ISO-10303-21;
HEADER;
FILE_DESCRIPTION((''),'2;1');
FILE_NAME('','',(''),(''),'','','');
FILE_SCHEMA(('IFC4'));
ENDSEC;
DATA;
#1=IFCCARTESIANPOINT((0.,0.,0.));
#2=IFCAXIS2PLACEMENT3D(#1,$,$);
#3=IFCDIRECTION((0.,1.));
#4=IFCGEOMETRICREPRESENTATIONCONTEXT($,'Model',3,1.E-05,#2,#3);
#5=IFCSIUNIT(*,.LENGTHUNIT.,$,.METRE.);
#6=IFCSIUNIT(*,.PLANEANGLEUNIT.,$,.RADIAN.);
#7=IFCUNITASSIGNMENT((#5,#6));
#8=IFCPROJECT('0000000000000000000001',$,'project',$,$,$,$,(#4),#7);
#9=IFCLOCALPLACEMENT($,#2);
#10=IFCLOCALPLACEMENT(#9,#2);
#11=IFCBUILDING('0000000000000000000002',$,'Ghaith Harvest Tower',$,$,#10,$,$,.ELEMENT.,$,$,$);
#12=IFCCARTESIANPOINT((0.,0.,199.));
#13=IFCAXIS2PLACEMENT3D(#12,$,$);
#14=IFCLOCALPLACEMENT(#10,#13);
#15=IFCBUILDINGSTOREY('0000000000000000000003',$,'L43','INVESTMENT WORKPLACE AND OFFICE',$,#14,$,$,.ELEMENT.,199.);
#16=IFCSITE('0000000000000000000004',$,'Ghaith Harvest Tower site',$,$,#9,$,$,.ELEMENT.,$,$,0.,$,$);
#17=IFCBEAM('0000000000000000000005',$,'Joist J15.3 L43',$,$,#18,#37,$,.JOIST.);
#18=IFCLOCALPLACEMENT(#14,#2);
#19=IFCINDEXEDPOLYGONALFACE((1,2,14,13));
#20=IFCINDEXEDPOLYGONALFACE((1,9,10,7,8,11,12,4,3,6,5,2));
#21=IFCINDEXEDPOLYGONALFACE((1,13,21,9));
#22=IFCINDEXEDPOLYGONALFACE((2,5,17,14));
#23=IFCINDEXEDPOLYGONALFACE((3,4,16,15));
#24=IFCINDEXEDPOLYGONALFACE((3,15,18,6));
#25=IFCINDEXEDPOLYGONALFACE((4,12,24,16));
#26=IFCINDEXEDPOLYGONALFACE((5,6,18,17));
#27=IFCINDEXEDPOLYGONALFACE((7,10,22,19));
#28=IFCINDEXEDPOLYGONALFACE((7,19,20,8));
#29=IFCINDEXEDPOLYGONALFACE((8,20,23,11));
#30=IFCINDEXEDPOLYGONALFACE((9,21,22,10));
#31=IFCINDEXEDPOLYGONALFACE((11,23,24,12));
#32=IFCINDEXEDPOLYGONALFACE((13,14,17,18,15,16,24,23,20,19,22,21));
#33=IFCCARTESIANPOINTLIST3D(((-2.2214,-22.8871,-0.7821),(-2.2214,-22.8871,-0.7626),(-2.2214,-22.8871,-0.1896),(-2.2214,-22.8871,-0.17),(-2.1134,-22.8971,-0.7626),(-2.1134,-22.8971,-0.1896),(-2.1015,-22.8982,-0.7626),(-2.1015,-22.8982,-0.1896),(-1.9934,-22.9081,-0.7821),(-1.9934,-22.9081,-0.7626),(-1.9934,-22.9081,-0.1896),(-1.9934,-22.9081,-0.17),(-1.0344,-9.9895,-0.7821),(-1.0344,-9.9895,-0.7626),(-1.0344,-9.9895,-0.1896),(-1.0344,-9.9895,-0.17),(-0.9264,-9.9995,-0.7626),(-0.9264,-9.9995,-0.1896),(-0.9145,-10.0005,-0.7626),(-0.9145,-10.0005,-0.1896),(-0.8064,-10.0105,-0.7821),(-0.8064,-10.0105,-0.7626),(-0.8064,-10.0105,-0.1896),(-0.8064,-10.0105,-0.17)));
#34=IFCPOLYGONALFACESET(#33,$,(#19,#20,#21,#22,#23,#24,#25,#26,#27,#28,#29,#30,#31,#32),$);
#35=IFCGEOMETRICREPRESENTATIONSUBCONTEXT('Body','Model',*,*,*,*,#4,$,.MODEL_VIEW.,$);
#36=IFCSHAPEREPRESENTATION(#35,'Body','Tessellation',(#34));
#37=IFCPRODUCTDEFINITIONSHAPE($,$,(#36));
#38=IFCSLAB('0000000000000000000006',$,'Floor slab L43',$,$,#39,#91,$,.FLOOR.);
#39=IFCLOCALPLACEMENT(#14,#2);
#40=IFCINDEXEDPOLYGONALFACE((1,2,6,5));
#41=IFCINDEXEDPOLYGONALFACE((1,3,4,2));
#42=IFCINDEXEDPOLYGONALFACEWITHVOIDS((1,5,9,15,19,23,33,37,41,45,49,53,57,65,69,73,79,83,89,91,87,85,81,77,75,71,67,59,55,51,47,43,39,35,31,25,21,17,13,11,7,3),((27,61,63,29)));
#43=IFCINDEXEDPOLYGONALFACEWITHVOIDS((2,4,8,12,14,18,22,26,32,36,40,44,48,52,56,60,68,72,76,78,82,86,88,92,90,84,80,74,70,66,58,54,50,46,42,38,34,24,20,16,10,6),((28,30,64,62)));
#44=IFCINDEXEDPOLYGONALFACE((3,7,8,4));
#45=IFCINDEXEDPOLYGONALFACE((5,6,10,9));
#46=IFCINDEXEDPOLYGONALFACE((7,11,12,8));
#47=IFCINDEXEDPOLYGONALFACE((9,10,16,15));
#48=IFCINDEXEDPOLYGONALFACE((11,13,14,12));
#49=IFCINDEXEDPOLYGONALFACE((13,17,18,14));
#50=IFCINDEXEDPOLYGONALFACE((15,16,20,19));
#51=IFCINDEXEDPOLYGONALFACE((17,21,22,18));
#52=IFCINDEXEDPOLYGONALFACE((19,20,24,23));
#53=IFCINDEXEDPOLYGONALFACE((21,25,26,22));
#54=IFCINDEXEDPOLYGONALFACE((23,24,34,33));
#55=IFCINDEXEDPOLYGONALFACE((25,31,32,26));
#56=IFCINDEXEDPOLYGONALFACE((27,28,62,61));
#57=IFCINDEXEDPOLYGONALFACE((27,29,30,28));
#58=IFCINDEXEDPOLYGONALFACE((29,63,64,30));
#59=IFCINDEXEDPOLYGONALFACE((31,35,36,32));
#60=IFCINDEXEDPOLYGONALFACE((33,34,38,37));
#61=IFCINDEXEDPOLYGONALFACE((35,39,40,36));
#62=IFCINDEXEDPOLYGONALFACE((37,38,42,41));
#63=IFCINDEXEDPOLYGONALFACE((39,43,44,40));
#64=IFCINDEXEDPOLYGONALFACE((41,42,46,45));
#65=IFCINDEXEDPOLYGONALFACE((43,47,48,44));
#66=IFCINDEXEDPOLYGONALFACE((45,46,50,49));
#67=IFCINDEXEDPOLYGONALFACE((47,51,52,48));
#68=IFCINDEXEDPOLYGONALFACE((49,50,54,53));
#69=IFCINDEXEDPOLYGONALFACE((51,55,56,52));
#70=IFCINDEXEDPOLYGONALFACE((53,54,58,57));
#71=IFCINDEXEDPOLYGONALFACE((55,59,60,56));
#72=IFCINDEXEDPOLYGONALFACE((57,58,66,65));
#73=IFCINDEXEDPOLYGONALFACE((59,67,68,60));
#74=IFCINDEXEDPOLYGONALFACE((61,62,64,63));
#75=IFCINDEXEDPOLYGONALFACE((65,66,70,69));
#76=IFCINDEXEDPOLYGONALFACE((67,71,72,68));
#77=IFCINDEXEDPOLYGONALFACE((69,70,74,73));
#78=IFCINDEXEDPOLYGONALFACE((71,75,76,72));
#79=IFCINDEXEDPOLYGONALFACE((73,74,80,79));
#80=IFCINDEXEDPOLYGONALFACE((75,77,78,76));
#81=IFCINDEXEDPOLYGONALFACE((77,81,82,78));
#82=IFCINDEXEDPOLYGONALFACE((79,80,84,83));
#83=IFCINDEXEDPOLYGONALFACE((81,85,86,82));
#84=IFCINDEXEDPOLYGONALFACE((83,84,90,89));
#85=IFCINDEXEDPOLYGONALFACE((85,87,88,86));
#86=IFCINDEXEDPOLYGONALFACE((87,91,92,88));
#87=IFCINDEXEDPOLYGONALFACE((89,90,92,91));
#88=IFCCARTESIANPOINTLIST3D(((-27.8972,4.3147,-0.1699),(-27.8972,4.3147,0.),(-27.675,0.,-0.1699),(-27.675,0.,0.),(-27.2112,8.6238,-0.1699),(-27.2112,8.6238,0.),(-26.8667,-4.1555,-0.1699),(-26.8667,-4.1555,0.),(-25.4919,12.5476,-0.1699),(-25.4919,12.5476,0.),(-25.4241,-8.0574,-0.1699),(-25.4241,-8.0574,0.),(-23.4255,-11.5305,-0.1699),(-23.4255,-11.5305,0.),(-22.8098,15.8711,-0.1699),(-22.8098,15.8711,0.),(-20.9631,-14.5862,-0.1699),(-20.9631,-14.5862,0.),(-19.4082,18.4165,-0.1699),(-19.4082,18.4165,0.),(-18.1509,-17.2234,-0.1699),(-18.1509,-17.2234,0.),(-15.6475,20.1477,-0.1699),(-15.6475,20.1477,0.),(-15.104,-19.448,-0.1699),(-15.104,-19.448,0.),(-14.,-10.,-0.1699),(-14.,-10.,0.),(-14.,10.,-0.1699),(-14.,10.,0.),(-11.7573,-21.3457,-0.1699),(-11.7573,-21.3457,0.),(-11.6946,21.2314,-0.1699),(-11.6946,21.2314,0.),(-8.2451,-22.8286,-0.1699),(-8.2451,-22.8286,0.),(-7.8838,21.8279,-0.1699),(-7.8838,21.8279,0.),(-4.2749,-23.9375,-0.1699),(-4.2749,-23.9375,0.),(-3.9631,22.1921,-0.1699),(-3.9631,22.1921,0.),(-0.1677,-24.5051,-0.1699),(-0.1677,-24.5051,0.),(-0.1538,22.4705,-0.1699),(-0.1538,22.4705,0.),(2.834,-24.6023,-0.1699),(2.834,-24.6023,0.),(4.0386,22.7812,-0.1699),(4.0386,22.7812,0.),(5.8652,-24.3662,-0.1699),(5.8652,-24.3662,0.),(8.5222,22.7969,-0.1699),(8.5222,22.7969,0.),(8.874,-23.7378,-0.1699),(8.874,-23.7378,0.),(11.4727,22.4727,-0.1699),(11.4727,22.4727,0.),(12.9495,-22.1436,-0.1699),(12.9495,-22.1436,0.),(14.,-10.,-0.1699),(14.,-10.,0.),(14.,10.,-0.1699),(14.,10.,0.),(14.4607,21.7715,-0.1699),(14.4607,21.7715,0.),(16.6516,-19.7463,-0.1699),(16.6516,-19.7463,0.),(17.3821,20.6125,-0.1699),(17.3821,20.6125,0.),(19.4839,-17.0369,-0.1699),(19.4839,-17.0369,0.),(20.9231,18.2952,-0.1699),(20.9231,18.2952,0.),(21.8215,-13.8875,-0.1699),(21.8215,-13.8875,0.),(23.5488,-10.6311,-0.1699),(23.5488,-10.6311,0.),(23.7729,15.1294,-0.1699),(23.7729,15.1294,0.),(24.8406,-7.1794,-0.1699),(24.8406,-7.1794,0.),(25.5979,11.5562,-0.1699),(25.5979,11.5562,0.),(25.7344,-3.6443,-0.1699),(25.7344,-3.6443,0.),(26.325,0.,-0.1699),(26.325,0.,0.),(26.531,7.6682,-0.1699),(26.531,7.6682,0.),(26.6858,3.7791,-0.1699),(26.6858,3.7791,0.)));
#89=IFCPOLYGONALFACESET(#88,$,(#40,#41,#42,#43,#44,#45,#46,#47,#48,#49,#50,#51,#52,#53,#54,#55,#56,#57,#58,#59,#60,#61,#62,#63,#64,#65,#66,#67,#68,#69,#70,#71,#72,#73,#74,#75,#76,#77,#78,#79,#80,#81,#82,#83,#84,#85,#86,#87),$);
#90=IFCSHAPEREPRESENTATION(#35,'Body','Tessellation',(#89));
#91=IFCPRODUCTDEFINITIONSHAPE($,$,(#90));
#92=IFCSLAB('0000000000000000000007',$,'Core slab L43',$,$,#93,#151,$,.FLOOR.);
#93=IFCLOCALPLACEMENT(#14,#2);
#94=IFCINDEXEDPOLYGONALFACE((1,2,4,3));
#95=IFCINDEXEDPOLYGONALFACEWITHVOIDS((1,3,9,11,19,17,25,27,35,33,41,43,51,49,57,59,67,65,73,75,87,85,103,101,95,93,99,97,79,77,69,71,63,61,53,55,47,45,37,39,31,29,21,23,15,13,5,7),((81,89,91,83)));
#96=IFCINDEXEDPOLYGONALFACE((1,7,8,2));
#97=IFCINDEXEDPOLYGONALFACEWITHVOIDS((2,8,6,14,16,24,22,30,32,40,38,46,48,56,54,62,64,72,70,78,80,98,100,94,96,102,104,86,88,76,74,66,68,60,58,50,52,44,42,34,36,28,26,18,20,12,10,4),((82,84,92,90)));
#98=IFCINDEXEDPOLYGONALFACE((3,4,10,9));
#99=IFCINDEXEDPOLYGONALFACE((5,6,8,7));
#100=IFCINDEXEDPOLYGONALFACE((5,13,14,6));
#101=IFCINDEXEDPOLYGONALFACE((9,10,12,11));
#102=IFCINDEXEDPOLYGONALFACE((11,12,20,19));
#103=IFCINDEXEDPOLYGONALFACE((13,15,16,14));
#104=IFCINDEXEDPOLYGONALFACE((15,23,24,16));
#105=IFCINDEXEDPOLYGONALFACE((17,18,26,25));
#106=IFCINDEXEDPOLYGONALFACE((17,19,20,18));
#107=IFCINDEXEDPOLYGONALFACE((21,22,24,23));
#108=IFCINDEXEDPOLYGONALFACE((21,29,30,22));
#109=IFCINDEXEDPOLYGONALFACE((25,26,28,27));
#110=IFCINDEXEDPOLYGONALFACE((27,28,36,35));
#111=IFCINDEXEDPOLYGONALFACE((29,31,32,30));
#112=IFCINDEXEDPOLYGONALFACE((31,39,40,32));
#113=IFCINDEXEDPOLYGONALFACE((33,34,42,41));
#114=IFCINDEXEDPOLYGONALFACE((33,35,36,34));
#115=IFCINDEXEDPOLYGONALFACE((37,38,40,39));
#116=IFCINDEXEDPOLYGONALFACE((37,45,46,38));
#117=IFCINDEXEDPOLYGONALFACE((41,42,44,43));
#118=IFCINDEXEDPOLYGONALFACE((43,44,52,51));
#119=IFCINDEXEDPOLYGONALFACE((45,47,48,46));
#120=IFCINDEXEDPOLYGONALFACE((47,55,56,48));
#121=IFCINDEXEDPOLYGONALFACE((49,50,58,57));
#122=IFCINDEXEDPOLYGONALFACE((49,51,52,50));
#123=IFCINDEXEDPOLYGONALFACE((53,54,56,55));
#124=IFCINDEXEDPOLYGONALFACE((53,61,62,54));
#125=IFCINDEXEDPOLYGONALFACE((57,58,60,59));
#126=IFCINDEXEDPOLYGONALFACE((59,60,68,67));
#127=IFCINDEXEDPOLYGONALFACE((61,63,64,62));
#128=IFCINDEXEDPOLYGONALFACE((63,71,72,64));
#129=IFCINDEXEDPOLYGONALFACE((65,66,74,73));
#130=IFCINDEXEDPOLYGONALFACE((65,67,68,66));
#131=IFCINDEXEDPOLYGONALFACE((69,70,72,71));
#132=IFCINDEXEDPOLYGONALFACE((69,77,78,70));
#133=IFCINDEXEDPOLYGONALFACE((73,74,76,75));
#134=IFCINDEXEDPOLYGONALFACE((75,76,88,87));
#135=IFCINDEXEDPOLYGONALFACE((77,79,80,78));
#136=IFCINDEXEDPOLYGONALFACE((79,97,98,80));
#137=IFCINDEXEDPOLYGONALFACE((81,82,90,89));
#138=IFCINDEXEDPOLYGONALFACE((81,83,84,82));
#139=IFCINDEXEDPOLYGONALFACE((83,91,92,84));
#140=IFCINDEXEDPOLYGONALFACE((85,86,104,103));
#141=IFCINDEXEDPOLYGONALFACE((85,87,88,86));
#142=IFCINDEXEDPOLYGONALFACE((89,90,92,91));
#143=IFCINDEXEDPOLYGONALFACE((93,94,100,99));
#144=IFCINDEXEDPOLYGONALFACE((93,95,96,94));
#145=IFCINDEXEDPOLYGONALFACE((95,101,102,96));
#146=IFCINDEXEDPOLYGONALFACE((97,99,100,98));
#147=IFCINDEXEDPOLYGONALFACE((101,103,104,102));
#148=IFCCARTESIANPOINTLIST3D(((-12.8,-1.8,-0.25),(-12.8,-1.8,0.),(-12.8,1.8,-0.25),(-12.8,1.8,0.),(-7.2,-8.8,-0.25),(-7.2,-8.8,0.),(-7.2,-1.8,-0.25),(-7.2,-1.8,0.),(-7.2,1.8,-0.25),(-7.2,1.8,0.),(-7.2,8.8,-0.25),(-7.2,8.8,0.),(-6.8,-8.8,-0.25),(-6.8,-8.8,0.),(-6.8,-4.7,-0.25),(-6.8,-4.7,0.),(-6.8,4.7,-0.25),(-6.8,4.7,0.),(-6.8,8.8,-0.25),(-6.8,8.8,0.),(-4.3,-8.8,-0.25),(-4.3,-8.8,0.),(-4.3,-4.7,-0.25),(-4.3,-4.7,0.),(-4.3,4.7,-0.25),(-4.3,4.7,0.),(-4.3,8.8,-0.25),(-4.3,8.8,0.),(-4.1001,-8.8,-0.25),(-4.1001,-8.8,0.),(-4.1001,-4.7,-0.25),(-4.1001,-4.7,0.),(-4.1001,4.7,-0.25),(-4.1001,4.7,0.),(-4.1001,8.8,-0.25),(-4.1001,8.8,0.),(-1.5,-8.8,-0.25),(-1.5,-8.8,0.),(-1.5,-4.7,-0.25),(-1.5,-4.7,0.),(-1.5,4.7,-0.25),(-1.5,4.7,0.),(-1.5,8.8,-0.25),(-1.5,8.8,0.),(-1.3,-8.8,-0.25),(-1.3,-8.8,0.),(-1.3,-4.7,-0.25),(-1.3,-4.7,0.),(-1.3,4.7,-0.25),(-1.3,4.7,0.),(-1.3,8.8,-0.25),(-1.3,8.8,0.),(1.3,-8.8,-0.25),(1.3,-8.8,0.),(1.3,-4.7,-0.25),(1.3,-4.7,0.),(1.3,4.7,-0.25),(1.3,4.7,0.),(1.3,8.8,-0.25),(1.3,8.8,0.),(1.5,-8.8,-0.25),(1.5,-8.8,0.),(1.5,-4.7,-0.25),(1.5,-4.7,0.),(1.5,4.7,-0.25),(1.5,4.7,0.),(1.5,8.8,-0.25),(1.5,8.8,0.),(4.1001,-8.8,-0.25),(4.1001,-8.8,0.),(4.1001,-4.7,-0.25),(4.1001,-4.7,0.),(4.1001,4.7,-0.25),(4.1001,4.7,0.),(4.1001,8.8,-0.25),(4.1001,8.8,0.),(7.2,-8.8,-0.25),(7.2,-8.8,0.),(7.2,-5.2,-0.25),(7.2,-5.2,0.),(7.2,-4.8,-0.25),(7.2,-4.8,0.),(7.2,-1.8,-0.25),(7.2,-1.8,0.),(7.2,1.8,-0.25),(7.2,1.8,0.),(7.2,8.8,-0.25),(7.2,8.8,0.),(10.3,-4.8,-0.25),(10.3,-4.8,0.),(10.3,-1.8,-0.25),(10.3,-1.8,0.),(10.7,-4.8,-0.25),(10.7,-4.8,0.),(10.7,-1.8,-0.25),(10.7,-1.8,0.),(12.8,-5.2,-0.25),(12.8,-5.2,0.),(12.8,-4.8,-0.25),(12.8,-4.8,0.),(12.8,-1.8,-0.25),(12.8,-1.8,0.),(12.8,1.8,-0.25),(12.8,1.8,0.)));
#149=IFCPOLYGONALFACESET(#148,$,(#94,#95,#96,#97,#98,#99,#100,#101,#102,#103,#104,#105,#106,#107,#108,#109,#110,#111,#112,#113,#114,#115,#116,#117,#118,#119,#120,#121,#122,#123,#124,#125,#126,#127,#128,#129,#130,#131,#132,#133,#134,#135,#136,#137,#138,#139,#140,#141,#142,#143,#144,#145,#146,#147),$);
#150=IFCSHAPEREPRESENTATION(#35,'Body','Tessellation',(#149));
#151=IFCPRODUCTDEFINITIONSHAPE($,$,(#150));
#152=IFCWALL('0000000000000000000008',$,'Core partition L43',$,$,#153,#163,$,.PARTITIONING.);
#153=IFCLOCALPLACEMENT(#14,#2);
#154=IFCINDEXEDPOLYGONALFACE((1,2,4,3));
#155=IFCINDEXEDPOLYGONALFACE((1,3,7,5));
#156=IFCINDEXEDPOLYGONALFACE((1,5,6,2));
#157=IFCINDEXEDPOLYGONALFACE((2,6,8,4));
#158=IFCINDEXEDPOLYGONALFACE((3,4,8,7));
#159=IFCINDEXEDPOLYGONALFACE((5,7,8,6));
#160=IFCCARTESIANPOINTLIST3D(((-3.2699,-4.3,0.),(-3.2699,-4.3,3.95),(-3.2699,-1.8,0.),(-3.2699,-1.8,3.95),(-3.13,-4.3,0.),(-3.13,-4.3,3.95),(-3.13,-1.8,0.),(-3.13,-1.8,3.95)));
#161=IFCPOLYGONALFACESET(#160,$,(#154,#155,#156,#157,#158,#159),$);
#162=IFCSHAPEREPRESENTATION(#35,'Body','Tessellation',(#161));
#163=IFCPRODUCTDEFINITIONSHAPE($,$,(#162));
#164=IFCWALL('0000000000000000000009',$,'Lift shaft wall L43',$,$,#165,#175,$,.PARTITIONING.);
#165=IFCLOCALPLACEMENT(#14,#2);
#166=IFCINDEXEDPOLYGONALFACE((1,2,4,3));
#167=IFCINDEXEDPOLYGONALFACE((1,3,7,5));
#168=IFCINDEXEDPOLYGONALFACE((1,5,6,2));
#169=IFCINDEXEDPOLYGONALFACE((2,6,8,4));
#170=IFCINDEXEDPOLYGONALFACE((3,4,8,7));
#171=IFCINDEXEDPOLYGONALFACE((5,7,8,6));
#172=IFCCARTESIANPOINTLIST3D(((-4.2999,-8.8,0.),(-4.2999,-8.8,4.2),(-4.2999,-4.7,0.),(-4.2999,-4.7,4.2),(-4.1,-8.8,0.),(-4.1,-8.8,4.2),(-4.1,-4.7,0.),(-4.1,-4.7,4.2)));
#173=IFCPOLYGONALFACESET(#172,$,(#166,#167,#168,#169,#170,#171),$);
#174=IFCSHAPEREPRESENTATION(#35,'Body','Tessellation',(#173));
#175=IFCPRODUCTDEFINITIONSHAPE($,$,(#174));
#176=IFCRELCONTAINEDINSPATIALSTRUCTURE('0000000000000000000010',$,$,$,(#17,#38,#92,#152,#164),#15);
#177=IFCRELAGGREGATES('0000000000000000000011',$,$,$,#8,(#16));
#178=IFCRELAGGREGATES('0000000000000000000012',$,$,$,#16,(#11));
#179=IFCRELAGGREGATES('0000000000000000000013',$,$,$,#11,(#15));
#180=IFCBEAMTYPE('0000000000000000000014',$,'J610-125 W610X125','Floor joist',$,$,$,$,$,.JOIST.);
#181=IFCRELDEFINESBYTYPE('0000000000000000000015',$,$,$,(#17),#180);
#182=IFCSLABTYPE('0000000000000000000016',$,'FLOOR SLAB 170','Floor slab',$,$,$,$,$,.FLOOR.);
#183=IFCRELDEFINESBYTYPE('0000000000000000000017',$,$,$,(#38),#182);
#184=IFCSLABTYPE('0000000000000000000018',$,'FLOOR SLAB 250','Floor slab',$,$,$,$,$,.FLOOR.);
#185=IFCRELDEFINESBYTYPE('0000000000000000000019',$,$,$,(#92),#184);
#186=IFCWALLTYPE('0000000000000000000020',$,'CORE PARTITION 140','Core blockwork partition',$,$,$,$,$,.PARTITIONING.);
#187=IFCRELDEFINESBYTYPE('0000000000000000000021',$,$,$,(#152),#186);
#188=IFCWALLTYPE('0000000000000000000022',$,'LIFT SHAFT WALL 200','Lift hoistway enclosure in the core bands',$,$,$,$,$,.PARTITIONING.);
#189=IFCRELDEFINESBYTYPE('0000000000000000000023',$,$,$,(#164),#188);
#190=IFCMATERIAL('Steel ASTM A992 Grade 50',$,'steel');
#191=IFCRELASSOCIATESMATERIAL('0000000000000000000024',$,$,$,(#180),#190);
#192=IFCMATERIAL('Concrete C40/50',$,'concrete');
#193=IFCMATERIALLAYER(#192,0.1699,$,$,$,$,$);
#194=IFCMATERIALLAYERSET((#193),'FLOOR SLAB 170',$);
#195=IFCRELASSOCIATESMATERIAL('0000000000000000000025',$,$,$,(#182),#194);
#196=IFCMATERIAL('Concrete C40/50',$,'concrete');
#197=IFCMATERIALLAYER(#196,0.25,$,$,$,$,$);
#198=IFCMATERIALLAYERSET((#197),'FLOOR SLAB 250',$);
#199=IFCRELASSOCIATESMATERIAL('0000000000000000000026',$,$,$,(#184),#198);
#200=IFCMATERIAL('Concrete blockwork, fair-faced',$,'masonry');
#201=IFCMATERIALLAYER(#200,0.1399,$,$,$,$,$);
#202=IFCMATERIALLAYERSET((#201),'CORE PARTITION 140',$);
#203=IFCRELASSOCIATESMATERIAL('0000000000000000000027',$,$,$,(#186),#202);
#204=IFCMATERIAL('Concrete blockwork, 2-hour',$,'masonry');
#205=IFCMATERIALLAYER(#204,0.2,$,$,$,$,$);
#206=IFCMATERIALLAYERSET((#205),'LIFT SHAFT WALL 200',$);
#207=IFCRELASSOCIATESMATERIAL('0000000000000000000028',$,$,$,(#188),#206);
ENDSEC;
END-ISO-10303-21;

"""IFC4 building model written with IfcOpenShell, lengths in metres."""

from ifc_helpers import new_model, si_unit, direction, frame, frame_2d, origin, origin_2d, place, context, subcontext, project, spatial, polyline, rectangle, i_section, outline, extrude, material, layer, layer_set, material_profile, profile_set, type_object, element, save


model = new_model("IFC4")

# Units and contexts
model_context = context("Model", 3, precision=1e-05, world=origin(), true_north=direction((0.0, 1.0)))
body_context = subcontext(model_context, "Body", "Model", "MODEL_VIEW")
ifc_project = project(units=[si_unit("LENGTHUNIT", "METRE"), si_unit("PLANEANGLEUNIT", "RADIAN")], contexts=[model_context])

# Site, building, storey
site_placement = place(None, origin())
site = spatial("IfcSite", under=ifc_project, at=site_placement, Name="Ghaith Harvest Tower site", CompositionType="ELEMENT", RefElevation=0.0)
building_placement = place(site_placement, origin())
building = spatial("IfcBuilding", under=site, at=building_placement, Name="Ghaith Harvest Tower", CompositionType="ELEMENT")
storey_placement = place(building_placement, frame((0.0, 0.0, 199.0)))
storey = spatial("IfcBuildingStorey", under=building, at=storey_placement, Name="L43", Description="INVESTMENT WORKPLACE AND OFFICE", CompositionType="ELEMENT", Elevation=199.0)

# Beam
ifc_material_1 = material(Name="Steel ASTM A992 Grade 50", Category="steel")
ifc_material_profile_1 = material_profile(ifc_material_1, i_section(OverallWidth=0.229, OverallDepth=0.6121, WebThickness=0.012, FlangeThickness=0.0195, at=origin_2d()), Name="W610X125")
ifc_profile_set_1 = profile_set([ifc_material_profile_1], Name="Steel ASTM A992 Grade 50")
beam_type_1 = type_object("IfcBeamType", Name="J610-125 W610X125", Description="Floor joist", PredefinedType="JOIST", material=ifc_profile_set_1)
beam_1_placement = place(storey_placement, frame((-0.9204, -10.0, -0.4761), z_axis=(-0.091645, -0.995792, 0.0), x_axis=(0.995792, -0.091645, 0.0)))
element("IfcBeam", 1, at=beam_1_placement, inside=storey, type_object=beam_type_1, Name="Joist J15.3 L43", PredefinedType="JOIST", context=body_context, shape_type="SweptSolid", body=[
    extrude(i_section(OverallWidth=0.229, OverallDepth=0.6121, WebThickness=0.012, FlangeThickness=0.0195, at=origin_2d()), origin(), (0.0, 0.0, 1.0), 12.9521),
])

# Slabs
ifc_material_2 = material(Name="Concrete C40/50", Category="concrete")
ifc_layer_1 = layer(ifc_material_2, 0.1699)
ifc_layer_set_1 = layer_set([ifc_layer_1], Name="FLOOR SLAB 170")
slab_type_1 = type_object("IfcSlabType", Name="FLOOR SLAB 170", Description="Floor slab", PredefinedType="FLOOR", material=ifc_layer_set_1)
slab_1_placement = place(storey_placement, frame((0.0, 0.0, -0.1699)))
element("IfcSlab", 2, at=slab_1_placement, inside=storey, type_object=slab_type_1, Name="Floor slab L43", PredefinedType="FLOOR", context=body_context, shape_type="SweptSolid", body=[
    extrude(outline(polyline([(26.325, 0.0), (26.6858, 3.7791), (26.531, 7.6682), (25.5979, 11.5562), (23.7729, 15.1294), (20.9231, 18.2952), (17.3821, 20.6125), (14.4607, 21.7715), (11.4727, 22.4727), (8.5222, 22.7969), (4.0386, 22.7812), (-0.1538, 22.4705), (-3.9631, 22.1921), (-7.8838, 21.8279), (-11.6946, 21.2314), (-15.6475, 20.1477), (-19.4082, 18.4165), (-22.8098, 15.8711), (-25.4919, 12.5476), (-27.2112, 8.6238), (-27.8972, 4.3147), (-27.675, 0.0), (-26.8667, -4.1555), (-25.4241, -8.0574), (-23.4255, -11.5305), (-20.9631, -14.5862), (-18.1509, -17.2234), (-15.104, -19.448), (-11.7573, -21.3457), (-8.2451, -22.8286), (-4.2749, -23.9375), (-0.1677, -24.5051), (2.834, -24.6023), (5.8652, -24.3662), (8.874, -23.7378), (12.9495, -22.1436), (16.6516, -19.7463), (19.4839, -17.0369), (21.8215, -13.8875), (23.5488, -10.6311), (24.8406, -7.1794), (25.7344, -3.6443), (26.325, 0.0)]), holes=[polyline([(-14.0, -10.0), (14.0, -10.0), (14.0, 10.0), (-14.0, 10.0), (-14.0, -10.0)])]), origin(), (0.0, 0.0, 1.0), 0.1699),
])
ifc_material_3 = material(Name="Concrete C40/50", Category="concrete")
ifc_layer_2 = layer(ifc_material_3, 0.25)
ifc_layer_set_2 = layer_set([ifc_layer_2], Name="FLOOR SLAB 250")
slab_type_2 = type_object("IfcSlabType", Name="FLOOR SLAB 250", Description="Floor slab", PredefinedType="FLOOR", material=ifc_layer_set_2)
slab_2_placement = place(storey_placement, frame((0.0, 0.0, -0.25)))
element("IfcSlab", 3, at=slab_2_placement, inside=storey, type_object=slab_type_2, Name="Core slab L43", PredefinedType="FLOOR", context=body_context, shape_type="SweptSolid", body=[
    extrude(outline(polyline([(-12.8, 1.8), (-7.2, 1.8), (-7.2, 8.8), (-6.8, 8.8), (-6.8, 4.7), (-4.3, 4.7), (-4.3, 8.8), (-4.1001, 8.8), (-4.1001, 4.7), (-1.5, 4.7), (-1.5, 8.8), (-1.3, 8.8), (-1.3, 4.7), (1.3, 4.7), (1.3, 8.8), (1.5, 8.8), (1.5, 4.7), (4.1001, 4.7), (4.1001, 8.8), (7.2, 8.8), (7.2, 1.8), (12.8, 1.8), (12.8, -1.8), (10.7, -1.8), (10.7, -4.8), (12.8, -4.8), (12.8, -5.2), (7.2, -5.2), (7.2, -8.8), (4.1001, -8.8), (4.1001, -4.7), (1.5, -4.7), (1.5, -8.8), (1.3, -8.8), (1.3, -4.7), (-1.3, -4.7), (-1.3, -8.8), (-1.5, -8.8), (-1.5, -4.7), (-4.1001, -4.7), (-4.1001, -8.8), (-4.3, -8.8), (-4.3, -4.7), (-6.8, -4.7), (-6.8, -8.8), (-7.2, -8.8), (-7.2, -1.8), (-12.8, -1.8), (-12.8, 1.8)]), holes=[polyline([(10.3, -4.8), (10.3, -1.8), (7.2, -1.8), (7.2, -4.8), (10.3, -4.8)])]), origin(), (0.0, 0.0, 1.0), 0.25),
])

# Walls
ifc_material_4 = material(Name="Concrete blockwork, fair-faced", Category="masonry")
ifc_layer_3 = layer(ifc_material_4, 0.1399)
ifc_layer_set_3 = layer_set([ifc_layer_3], Name="CORE PARTITION 140")
wall_type_1 = type_object("IfcWallType", Name="CORE PARTITION 140", Description="Core blockwork partition", PredefinedType="PARTITIONING", material=ifc_layer_set_3)
wall_1_placement = place(storey_placement, frame((-3.2, -1.8, 0.0), z_axis=(0.0, 0.0, 1.0), x_axis=(0.0, -1.0, 0.0)))
element("IfcWall", 4, at=wall_1_placement, inside=storey, type_object=wall_type_1, Name="Core partition L43", PredefinedType="PARTITIONING", context=body_context, shape_type="SweptSolid", body=[
    extrude(rectangle(XDim=2.5, YDim=0.1399, at=frame_2d((1.25, 0.0))), origin(), (0.0, 0.0, 1.0), 3.95),
])
ifc_material_5 = material(Name="Concrete blockwork, 2-hour", Category="masonry")
ifc_layer_4 = layer(ifc_material_5, 0.2)
ifc_layer_set_4 = layer_set([ifc_layer_4], Name="LIFT SHAFT WALL 200")
wall_type_2 = type_object("IfcWallType", Name="LIFT SHAFT WALL 200", Description="Lift hoistway enclosure in the core bands", PredefinedType="PARTITIONING", material=ifc_layer_set_4)
for number, where, z_axis, x_axis, name in (
    (5, (-4.2, -4.7, 0.0), (0.0, 0.0, 1.0), (0.0, -1.0, 0.0), "Lift shaft wall L43"),
):
    element("IfcWall", number, at=place(storey_placement, frame(where, z_axis=z_axis, x_axis=x_axis)), inside=storey, type_object=wall_type_2, Name=name, PredefinedType="PARTITIONING", context=body_context, shape_type="SweptSolid", body=[
        extrude(rectangle(XDim=4.1001, YDim=0.2, at=frame_2d((2.05, 0.0))), origin(), (0.0, 0.0, 1.0), 4.2),
    ])

save(model, "model.ifc")
